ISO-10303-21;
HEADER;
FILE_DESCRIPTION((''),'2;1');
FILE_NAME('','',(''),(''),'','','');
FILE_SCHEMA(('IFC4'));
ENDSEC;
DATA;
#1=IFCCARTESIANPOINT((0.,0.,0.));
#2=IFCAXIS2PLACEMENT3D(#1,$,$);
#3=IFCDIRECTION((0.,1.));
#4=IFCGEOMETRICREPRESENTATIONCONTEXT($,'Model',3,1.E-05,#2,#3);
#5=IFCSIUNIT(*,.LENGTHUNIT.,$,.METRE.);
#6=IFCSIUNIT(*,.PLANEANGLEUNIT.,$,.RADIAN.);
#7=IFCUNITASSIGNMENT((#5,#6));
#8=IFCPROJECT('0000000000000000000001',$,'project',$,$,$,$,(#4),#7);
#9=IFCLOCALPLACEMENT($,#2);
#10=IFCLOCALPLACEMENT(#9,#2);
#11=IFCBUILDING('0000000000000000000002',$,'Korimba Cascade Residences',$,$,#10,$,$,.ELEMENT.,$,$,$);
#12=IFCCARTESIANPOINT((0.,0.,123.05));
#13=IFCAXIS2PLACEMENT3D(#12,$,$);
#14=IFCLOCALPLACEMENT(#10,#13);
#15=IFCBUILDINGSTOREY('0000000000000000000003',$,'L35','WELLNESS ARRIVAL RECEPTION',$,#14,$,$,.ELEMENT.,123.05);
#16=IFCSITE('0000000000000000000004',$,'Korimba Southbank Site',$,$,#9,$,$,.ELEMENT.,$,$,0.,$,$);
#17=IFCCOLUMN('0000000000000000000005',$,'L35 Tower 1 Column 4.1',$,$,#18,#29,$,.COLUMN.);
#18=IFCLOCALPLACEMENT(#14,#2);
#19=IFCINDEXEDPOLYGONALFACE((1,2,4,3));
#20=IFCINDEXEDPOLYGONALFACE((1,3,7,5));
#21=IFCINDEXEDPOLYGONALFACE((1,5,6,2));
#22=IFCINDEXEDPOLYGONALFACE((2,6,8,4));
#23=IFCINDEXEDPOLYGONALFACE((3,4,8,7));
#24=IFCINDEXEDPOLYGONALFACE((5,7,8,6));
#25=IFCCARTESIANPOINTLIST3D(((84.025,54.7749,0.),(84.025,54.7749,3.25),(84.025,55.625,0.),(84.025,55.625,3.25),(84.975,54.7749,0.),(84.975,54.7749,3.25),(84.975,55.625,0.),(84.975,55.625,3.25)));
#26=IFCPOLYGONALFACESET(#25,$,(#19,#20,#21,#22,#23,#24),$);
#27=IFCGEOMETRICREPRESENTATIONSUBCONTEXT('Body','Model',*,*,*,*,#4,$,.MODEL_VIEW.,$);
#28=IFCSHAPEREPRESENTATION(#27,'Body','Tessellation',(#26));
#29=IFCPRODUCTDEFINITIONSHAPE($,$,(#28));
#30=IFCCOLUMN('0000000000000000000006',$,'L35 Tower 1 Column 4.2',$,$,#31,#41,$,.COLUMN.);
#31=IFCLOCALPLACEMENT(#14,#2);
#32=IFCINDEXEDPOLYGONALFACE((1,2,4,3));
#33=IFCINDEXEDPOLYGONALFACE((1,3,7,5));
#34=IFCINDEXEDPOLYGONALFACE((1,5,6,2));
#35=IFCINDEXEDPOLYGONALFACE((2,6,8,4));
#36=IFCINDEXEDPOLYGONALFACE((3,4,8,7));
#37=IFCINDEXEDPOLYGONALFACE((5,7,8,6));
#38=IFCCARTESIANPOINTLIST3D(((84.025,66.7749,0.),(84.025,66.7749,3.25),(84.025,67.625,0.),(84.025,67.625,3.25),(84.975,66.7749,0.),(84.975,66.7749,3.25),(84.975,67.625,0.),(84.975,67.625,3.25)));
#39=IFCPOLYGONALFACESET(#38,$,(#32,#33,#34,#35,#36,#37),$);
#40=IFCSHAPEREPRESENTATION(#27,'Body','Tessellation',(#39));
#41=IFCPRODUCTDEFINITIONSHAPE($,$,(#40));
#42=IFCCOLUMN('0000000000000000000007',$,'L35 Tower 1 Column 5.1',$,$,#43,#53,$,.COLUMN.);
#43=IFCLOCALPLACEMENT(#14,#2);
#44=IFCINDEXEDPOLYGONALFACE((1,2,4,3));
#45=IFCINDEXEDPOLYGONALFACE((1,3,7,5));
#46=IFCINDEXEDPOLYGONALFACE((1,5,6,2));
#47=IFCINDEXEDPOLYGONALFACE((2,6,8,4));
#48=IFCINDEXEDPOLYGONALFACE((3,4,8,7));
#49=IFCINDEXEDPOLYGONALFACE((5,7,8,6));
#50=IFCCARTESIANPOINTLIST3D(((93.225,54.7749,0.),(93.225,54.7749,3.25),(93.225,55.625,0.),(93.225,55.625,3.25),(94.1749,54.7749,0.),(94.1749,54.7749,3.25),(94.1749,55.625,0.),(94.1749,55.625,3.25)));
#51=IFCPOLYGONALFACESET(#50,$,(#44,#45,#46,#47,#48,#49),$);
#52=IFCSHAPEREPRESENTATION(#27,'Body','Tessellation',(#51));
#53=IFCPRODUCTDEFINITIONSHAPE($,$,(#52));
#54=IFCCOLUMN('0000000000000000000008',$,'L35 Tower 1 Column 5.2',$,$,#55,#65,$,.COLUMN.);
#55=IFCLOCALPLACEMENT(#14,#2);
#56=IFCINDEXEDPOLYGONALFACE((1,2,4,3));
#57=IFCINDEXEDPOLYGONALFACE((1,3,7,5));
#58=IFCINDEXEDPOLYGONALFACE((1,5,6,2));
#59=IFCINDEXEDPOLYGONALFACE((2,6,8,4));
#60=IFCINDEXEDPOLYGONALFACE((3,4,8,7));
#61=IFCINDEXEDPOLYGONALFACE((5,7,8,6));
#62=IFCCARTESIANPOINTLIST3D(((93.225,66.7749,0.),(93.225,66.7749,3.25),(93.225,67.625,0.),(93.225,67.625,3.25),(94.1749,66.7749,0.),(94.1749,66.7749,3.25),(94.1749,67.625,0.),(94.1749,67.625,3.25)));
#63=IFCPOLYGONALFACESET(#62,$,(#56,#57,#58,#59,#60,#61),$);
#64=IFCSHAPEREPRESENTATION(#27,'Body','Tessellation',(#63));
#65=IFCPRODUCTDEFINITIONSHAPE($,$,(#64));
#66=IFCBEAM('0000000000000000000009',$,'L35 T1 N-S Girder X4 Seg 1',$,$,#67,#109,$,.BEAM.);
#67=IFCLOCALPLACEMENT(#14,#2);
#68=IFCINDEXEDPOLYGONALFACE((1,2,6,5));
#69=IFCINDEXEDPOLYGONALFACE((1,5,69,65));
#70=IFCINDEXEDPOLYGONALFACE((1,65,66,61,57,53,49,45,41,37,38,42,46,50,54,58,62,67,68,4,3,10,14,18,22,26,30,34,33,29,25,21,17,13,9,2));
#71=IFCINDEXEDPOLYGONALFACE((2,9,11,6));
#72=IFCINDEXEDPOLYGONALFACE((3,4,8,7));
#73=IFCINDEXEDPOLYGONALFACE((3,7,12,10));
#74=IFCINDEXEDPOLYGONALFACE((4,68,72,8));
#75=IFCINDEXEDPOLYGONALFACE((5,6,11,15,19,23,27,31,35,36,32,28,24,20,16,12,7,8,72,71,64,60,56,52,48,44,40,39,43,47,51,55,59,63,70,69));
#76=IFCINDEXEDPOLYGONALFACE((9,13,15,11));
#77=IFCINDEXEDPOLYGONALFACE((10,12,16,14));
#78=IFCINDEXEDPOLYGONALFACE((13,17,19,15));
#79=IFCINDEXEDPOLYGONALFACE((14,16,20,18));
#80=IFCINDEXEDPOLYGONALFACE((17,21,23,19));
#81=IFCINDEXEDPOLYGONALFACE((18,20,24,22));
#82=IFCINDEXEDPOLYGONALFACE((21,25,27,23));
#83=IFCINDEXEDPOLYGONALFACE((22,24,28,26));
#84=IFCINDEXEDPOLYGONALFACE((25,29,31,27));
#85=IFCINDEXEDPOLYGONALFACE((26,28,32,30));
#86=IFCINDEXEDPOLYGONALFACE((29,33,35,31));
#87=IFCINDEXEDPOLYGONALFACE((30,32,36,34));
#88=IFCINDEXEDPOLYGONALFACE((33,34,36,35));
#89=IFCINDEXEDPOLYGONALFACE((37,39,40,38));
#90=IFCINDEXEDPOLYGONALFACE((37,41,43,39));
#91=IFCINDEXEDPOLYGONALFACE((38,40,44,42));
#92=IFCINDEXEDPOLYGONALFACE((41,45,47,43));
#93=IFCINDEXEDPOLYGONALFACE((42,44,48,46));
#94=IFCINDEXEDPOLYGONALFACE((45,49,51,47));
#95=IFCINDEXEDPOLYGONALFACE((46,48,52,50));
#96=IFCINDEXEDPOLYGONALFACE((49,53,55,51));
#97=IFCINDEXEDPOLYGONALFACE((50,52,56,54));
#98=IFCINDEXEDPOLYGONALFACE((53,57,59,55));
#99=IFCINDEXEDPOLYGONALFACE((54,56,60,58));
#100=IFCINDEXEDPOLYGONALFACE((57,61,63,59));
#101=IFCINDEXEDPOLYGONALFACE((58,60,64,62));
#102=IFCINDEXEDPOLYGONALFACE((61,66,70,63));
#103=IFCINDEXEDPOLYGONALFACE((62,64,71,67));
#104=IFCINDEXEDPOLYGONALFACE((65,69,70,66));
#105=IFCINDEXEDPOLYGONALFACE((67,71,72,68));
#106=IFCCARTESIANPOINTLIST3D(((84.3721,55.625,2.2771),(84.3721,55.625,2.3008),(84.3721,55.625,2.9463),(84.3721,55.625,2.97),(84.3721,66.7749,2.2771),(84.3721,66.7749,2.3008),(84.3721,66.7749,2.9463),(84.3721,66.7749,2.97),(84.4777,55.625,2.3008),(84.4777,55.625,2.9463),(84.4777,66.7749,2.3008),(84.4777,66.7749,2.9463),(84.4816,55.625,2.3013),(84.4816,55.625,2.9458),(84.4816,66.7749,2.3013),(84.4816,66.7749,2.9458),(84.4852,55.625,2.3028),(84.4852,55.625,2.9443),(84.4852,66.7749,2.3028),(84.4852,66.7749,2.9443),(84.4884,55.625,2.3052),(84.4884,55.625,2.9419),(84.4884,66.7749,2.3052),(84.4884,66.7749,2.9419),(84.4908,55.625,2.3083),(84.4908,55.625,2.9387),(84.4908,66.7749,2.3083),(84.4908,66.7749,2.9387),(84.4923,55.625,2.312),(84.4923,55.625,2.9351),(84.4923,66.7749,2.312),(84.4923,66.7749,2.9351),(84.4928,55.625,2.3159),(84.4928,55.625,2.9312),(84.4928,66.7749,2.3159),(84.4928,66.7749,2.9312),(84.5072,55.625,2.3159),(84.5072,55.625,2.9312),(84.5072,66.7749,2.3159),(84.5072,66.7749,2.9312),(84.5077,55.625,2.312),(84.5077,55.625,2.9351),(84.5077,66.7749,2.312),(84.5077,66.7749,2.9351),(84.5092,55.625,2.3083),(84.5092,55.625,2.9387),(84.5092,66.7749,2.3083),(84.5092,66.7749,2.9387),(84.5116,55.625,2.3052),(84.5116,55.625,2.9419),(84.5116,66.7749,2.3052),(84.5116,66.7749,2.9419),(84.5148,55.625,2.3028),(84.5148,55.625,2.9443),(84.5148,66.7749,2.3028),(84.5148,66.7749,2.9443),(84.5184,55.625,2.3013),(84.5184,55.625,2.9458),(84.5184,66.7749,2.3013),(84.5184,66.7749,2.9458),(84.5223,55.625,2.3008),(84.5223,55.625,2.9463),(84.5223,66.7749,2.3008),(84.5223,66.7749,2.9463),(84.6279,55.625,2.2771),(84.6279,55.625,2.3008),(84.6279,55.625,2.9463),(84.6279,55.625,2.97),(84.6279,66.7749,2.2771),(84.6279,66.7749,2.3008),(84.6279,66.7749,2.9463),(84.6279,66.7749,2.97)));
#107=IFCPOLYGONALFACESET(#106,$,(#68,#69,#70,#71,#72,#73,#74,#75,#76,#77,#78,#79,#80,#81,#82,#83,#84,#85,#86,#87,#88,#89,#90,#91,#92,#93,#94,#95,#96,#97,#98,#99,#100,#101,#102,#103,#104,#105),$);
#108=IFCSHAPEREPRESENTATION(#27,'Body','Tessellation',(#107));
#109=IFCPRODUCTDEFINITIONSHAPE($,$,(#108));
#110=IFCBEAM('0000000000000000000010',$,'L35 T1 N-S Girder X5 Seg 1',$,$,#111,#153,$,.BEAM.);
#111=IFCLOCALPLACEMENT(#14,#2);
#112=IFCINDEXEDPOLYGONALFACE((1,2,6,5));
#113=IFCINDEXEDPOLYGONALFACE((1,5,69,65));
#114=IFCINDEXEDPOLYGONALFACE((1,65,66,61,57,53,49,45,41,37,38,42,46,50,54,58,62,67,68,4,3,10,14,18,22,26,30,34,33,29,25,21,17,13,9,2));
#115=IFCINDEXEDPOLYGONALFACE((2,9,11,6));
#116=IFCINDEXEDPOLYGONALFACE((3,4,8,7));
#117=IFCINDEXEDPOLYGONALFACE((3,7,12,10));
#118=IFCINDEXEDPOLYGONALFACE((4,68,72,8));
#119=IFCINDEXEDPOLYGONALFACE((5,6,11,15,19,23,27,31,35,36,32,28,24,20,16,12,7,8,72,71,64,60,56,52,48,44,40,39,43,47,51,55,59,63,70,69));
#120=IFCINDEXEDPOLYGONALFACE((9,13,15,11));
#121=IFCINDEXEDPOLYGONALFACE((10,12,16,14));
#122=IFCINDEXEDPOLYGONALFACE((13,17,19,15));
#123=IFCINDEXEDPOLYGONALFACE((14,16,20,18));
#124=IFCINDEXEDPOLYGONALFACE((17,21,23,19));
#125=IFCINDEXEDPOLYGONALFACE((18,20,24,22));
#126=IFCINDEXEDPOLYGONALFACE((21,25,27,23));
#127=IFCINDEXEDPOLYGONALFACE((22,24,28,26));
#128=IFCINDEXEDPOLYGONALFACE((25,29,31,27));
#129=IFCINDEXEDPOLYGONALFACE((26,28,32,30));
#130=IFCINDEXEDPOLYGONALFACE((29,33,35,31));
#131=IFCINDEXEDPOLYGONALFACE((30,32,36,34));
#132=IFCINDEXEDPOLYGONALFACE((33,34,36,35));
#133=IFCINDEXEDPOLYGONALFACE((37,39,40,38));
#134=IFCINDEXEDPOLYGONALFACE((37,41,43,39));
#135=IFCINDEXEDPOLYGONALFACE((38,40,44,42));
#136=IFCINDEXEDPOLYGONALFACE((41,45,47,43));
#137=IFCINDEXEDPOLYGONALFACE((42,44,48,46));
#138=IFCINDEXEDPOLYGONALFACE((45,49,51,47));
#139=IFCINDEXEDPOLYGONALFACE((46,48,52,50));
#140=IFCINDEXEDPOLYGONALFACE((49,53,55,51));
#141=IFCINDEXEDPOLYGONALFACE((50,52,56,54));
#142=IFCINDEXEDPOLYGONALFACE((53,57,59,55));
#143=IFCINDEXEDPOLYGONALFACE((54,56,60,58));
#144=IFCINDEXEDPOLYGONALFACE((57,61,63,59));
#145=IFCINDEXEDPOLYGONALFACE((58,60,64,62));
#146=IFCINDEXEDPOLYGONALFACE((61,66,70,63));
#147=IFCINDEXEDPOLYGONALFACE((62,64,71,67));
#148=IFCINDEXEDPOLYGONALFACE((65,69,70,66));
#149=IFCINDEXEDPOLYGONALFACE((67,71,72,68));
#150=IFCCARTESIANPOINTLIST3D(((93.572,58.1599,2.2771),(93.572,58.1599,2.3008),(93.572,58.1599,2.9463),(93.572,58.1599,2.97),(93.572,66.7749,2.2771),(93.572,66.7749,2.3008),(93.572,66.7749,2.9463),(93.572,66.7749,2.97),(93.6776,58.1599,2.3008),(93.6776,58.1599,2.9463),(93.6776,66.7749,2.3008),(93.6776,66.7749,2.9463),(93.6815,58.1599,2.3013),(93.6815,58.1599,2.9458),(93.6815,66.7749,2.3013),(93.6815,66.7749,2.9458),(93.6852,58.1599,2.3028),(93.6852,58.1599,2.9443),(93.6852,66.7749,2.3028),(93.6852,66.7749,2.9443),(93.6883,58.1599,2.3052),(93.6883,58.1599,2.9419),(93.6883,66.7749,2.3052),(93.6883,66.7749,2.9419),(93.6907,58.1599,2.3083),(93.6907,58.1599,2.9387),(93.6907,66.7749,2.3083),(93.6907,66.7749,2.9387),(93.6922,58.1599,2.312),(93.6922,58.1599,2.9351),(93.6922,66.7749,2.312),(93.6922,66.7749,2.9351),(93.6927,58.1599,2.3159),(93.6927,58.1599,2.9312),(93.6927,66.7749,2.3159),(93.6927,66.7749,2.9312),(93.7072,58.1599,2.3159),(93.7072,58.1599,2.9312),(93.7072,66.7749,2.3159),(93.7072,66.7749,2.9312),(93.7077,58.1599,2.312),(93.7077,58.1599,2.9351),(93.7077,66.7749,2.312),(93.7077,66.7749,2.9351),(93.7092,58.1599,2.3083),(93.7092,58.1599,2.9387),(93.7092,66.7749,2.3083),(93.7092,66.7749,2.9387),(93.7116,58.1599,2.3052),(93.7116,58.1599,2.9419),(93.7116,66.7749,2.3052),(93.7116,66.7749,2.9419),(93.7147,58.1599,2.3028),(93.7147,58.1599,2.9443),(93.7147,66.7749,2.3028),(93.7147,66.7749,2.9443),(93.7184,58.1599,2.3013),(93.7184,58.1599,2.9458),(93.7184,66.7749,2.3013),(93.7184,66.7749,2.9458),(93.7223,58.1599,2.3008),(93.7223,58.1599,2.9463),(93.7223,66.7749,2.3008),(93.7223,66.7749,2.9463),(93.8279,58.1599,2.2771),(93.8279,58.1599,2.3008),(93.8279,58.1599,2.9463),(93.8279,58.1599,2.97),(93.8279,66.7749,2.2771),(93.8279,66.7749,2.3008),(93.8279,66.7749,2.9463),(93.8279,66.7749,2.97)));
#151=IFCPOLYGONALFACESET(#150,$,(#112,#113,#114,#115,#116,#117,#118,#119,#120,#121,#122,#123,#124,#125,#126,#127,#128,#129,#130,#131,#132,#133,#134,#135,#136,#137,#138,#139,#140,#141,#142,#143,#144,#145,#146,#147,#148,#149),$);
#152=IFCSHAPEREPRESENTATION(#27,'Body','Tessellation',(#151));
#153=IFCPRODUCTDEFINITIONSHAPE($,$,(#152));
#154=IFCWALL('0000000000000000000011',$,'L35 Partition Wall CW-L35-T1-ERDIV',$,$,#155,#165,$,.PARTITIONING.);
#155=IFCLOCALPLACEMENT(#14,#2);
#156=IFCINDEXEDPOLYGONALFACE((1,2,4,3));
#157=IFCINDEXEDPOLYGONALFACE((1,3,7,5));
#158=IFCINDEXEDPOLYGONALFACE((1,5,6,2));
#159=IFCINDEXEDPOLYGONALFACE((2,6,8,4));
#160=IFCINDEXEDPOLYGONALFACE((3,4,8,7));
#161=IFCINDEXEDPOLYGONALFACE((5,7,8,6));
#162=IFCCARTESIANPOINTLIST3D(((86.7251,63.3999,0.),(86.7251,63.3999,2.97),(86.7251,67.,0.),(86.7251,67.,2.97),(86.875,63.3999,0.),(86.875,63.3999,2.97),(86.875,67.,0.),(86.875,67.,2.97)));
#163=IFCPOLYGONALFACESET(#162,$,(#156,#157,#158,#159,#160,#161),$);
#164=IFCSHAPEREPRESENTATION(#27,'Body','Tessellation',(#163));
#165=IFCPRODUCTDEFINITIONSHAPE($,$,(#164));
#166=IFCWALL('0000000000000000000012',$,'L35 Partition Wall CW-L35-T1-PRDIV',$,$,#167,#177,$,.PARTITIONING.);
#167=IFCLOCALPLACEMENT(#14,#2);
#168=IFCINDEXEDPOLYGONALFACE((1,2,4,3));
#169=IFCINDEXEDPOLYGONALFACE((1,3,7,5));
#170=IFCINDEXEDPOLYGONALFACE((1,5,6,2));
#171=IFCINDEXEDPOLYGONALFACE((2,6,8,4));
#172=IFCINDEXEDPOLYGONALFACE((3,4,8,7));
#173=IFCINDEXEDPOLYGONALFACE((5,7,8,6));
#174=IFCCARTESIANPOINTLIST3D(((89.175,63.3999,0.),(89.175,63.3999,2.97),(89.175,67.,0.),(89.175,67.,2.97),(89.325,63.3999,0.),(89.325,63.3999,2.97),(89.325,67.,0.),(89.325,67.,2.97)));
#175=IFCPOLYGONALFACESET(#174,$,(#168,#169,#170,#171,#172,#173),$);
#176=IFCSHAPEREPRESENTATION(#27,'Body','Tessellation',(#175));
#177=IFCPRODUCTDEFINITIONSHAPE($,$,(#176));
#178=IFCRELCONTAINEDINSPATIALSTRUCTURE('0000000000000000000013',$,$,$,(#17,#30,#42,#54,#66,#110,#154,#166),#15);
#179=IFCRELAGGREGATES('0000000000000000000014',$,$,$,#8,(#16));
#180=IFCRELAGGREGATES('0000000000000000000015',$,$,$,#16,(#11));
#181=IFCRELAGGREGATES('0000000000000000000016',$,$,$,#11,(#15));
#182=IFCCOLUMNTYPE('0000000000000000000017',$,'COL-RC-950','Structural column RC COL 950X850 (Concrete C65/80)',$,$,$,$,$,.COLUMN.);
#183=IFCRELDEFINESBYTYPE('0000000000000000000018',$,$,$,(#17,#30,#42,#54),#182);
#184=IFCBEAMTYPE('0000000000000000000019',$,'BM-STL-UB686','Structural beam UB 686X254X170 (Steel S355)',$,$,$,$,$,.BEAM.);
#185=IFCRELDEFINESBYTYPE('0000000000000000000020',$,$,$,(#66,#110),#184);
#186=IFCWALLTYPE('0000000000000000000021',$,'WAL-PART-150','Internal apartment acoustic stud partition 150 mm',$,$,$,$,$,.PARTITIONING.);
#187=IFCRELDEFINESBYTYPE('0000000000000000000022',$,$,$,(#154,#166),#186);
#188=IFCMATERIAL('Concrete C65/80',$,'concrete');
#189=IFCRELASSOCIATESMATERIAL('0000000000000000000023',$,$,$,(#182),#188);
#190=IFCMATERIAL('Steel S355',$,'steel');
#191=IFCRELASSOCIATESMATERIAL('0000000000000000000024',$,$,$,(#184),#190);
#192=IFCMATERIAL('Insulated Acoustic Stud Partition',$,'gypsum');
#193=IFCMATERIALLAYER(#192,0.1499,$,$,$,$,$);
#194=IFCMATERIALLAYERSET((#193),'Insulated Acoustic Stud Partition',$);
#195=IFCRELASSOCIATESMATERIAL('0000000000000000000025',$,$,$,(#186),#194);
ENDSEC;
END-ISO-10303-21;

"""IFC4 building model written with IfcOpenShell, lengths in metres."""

from ifc_helpers import new_model, si_unit, direction, frame, frame_2d, origin, origin_2d, place, context, subcontext, project, spatial, rectangle, i_section, extrude, material, layer, layer_set, material_profile, profile_set, type_object, element, save


model = new_model("IFC4")

# Units and contexts
model_context = context("Model", 3, precision=1e-05, world=origin(), true_north=direction((0.0, 1.0)))
body_context = subcontext(model_context, "Body", "Model", "MODEL_VIEW")
ifc_project = project(units=[si_unit("LENGTHUNIT", "METRE"), si_unit("PLANEANGLEUNIT", "RADIAN")], contexts=[model_context])

# Site, building, storey
site_placement = place(None, origin())
site = spatial("IfcSite", under=ifc_project, at=site_placement, Name="Korimba Southbank Site", CompositionType="ELEMENT", RefElevation=0.0)
building_placement = place(site_placement, origin())
building = spatial("IfcBuilding", under=site, at=building_placement, Name="Korimba Cascade Residences", CompositionType="ELEMENT")
storey_placement = place(building_placement, frame((0.0, 0.0, 123.05)))
storey = spatial("IfcBuildingStorey", under=building, at=storey_placement, Name="L35", Description="WELLNESS ARRIVAL RECEPTION", CompositionType="ELEMENT", Elevation=123.05)

# Columns
ifc_material_1 = material(Name="Concrete C65/80", Category="concrete")
ifc_material_profile_1 = material_profile(ifc_material_1, rectangle(XDim=0.95, YDim=0.8501, at=origin_2d()), Name="Concrete C65/80")
ifc_profile_set_1 = profile_set([ifc_material_profile_1], Name="Concrete C65/80")
column_type = type_object("IfcColumnType", Name="COL-RC-950", Description="Structural column RC COL 950X850 (Concrete C65/80)", PredefinedType="COLUMN", material=ifc_profile_set_1)
for number, where, z_axis, x_axis, name in (
    (1, (84.5, 55.2, 0.0), (0.0, 0.0, 1.0), (1.0, 0.0, 0.0), "L35 Tower 1 Column 4.1"),
    (2, (84.5, 67.2, 0.0), (0.0, 0.0, 1.0), (1.0, 0.0, 0.0), "L35 Tower 1 Column 4.2"),
    (3, (93.7, 55.2, 0.0), (0.0, 0.0, 1.0), (1.0, 0.0, 0.0), "L35 Tower 1 Column 5.1"),
    (4, (93.7, 67.2, 0.0), (0.0, 0.0, 1.0), (1.0, 0.0, 0.0), "L35 Tower 1 Column 5.2"),
):
    element("IfcColumn", number, at=place(storey_placement, frame(where, z_axis=z_axis, x_axis=x_axis)), inside=storey, type_object=column_type, Name=name, PredefinedType="COLUMN", context=body_context, shape_type="SweptSolid", body=[
        extrude(rectangle(XDim=0.95, YDim=0.8501, at=origin_2d()), origin(), (0.0, 0.0, 1.0), 3.25),
    ])

# Beams
ifc_material_2 = material(Name="Steel S355", Category="steel")
ifc_material_profile_2 = material_profile(ifc_material_2, i_section(OverallWidth=0.2559, OverallDepth=0.6929, WebThickness=0.0144, FlangeThickness=0.0237, FilletRadius=0.0151, at=origin_2d()), Name="Steel S355")
ifc_profile_set_2 = profile_set([ifc_material_profile_2], Name="Steel S355")
beam_type = type_object("IfcBeamType", Name="BM-STL-UB686", Description="Structural beam UB 686X254X170 (Steel S355)", PredefinedType="BEAM", material=ifc_profile_set_2)
beam_1_placement = place(storey_placement, frame((84.5, 55.625, 2.6235), z_axis=(0.0, 1.0, 0.0), x_axis=(-1.0, 0.0, 0.0)))
element("IfcBeam", 5, at=beam_1_placement, inside=storey, type_object=beam_type, Name="L35 T1 N-S Girder X4 Seg 1", PredefinedType="BEAM", context=body_context, shape_type="SweptSolid", body=[
    extrude(i_section(OverallWidth=0.2559, OverallDepth=0.6929, WebThickness=0.0144, FlangeThickness=0.0237, FilletRadius=0.0151, at=origin_2d()), origin(), (0.0, 0.0, 1.0), 11.1499),
])
beam_2_placement = place(storey_placement, frame((93.7, 58.1599, 2.6235), z_axis=(0.0, 1.0, 0.0), x_axis=(-1.0, 0.0, 0.0)))
element("IfcBeam", 6, at=beam_2_placement, inside=storey, type_object=beam_type, Name="L35 T1 N-S Girder X5 Seg 1", PredefinedType="BEAM", context=body_context, shape_type="SweptSolid", body=[
    extrude(i_section(OverallWidth=0.2559, OverallDepth=0.6929, WebThickness=0.0144, FlangeThickness=0.0237, FilletRadius=0.0151, at=origin_2d()), origin(), (0.0, 0.0, 1.0), 8.615),
])

# Walls
ifc_material_3 = material(Name="Insulated Acoustic Stud Partition", Category="gypsum")
ifc_layer_1 = layer(ifc_material_3, 0.1499)
ifc_layer_set_1 = layer_set([ifc_layer_1], Name="Insulated Acoustic Stud Partition")
wall_type_1 = type_object("IfcWallType", Name="WAL-PART-150", Description="Internal apartment acoustic stud partition 150 mm", PredefinedType="PARTITIONING", material=ifc_layer_set_1)
for number, where, z_axis, x_axis, name in (
    (7, (86.8, 63.3999, 0.0), (0.0, 0.0, 1.0), (0.0, 1.0, 0.0), "L35 Partition Wall CW-L35-T1-ERDIV"),
    (8, (89.25, 63.3999, 0.0), (0.0, 0.0, 1.0), (0.0, 1.0, 0.0), "L35 Partition Wall CW-L35-T1-PRDIV"),
):
    element("IfcWall", number, at=place(storey_placement, frame(where, z_axis=z_axis, x_axis=x_axis)), inside=storey, type_object=wall_type_1, Name=name, PredefinedType="PARTITIONING", context=body_context, shape_type="SweptSolid", body=[
        extrude(rectangle(XDim=3.6001, YDim=0.1499, at=frame_2d((1.8, 0.0))), origin(), (0.0, 0.0, 1.0), 2.97),
    ])

save(model, "model.ifc")
